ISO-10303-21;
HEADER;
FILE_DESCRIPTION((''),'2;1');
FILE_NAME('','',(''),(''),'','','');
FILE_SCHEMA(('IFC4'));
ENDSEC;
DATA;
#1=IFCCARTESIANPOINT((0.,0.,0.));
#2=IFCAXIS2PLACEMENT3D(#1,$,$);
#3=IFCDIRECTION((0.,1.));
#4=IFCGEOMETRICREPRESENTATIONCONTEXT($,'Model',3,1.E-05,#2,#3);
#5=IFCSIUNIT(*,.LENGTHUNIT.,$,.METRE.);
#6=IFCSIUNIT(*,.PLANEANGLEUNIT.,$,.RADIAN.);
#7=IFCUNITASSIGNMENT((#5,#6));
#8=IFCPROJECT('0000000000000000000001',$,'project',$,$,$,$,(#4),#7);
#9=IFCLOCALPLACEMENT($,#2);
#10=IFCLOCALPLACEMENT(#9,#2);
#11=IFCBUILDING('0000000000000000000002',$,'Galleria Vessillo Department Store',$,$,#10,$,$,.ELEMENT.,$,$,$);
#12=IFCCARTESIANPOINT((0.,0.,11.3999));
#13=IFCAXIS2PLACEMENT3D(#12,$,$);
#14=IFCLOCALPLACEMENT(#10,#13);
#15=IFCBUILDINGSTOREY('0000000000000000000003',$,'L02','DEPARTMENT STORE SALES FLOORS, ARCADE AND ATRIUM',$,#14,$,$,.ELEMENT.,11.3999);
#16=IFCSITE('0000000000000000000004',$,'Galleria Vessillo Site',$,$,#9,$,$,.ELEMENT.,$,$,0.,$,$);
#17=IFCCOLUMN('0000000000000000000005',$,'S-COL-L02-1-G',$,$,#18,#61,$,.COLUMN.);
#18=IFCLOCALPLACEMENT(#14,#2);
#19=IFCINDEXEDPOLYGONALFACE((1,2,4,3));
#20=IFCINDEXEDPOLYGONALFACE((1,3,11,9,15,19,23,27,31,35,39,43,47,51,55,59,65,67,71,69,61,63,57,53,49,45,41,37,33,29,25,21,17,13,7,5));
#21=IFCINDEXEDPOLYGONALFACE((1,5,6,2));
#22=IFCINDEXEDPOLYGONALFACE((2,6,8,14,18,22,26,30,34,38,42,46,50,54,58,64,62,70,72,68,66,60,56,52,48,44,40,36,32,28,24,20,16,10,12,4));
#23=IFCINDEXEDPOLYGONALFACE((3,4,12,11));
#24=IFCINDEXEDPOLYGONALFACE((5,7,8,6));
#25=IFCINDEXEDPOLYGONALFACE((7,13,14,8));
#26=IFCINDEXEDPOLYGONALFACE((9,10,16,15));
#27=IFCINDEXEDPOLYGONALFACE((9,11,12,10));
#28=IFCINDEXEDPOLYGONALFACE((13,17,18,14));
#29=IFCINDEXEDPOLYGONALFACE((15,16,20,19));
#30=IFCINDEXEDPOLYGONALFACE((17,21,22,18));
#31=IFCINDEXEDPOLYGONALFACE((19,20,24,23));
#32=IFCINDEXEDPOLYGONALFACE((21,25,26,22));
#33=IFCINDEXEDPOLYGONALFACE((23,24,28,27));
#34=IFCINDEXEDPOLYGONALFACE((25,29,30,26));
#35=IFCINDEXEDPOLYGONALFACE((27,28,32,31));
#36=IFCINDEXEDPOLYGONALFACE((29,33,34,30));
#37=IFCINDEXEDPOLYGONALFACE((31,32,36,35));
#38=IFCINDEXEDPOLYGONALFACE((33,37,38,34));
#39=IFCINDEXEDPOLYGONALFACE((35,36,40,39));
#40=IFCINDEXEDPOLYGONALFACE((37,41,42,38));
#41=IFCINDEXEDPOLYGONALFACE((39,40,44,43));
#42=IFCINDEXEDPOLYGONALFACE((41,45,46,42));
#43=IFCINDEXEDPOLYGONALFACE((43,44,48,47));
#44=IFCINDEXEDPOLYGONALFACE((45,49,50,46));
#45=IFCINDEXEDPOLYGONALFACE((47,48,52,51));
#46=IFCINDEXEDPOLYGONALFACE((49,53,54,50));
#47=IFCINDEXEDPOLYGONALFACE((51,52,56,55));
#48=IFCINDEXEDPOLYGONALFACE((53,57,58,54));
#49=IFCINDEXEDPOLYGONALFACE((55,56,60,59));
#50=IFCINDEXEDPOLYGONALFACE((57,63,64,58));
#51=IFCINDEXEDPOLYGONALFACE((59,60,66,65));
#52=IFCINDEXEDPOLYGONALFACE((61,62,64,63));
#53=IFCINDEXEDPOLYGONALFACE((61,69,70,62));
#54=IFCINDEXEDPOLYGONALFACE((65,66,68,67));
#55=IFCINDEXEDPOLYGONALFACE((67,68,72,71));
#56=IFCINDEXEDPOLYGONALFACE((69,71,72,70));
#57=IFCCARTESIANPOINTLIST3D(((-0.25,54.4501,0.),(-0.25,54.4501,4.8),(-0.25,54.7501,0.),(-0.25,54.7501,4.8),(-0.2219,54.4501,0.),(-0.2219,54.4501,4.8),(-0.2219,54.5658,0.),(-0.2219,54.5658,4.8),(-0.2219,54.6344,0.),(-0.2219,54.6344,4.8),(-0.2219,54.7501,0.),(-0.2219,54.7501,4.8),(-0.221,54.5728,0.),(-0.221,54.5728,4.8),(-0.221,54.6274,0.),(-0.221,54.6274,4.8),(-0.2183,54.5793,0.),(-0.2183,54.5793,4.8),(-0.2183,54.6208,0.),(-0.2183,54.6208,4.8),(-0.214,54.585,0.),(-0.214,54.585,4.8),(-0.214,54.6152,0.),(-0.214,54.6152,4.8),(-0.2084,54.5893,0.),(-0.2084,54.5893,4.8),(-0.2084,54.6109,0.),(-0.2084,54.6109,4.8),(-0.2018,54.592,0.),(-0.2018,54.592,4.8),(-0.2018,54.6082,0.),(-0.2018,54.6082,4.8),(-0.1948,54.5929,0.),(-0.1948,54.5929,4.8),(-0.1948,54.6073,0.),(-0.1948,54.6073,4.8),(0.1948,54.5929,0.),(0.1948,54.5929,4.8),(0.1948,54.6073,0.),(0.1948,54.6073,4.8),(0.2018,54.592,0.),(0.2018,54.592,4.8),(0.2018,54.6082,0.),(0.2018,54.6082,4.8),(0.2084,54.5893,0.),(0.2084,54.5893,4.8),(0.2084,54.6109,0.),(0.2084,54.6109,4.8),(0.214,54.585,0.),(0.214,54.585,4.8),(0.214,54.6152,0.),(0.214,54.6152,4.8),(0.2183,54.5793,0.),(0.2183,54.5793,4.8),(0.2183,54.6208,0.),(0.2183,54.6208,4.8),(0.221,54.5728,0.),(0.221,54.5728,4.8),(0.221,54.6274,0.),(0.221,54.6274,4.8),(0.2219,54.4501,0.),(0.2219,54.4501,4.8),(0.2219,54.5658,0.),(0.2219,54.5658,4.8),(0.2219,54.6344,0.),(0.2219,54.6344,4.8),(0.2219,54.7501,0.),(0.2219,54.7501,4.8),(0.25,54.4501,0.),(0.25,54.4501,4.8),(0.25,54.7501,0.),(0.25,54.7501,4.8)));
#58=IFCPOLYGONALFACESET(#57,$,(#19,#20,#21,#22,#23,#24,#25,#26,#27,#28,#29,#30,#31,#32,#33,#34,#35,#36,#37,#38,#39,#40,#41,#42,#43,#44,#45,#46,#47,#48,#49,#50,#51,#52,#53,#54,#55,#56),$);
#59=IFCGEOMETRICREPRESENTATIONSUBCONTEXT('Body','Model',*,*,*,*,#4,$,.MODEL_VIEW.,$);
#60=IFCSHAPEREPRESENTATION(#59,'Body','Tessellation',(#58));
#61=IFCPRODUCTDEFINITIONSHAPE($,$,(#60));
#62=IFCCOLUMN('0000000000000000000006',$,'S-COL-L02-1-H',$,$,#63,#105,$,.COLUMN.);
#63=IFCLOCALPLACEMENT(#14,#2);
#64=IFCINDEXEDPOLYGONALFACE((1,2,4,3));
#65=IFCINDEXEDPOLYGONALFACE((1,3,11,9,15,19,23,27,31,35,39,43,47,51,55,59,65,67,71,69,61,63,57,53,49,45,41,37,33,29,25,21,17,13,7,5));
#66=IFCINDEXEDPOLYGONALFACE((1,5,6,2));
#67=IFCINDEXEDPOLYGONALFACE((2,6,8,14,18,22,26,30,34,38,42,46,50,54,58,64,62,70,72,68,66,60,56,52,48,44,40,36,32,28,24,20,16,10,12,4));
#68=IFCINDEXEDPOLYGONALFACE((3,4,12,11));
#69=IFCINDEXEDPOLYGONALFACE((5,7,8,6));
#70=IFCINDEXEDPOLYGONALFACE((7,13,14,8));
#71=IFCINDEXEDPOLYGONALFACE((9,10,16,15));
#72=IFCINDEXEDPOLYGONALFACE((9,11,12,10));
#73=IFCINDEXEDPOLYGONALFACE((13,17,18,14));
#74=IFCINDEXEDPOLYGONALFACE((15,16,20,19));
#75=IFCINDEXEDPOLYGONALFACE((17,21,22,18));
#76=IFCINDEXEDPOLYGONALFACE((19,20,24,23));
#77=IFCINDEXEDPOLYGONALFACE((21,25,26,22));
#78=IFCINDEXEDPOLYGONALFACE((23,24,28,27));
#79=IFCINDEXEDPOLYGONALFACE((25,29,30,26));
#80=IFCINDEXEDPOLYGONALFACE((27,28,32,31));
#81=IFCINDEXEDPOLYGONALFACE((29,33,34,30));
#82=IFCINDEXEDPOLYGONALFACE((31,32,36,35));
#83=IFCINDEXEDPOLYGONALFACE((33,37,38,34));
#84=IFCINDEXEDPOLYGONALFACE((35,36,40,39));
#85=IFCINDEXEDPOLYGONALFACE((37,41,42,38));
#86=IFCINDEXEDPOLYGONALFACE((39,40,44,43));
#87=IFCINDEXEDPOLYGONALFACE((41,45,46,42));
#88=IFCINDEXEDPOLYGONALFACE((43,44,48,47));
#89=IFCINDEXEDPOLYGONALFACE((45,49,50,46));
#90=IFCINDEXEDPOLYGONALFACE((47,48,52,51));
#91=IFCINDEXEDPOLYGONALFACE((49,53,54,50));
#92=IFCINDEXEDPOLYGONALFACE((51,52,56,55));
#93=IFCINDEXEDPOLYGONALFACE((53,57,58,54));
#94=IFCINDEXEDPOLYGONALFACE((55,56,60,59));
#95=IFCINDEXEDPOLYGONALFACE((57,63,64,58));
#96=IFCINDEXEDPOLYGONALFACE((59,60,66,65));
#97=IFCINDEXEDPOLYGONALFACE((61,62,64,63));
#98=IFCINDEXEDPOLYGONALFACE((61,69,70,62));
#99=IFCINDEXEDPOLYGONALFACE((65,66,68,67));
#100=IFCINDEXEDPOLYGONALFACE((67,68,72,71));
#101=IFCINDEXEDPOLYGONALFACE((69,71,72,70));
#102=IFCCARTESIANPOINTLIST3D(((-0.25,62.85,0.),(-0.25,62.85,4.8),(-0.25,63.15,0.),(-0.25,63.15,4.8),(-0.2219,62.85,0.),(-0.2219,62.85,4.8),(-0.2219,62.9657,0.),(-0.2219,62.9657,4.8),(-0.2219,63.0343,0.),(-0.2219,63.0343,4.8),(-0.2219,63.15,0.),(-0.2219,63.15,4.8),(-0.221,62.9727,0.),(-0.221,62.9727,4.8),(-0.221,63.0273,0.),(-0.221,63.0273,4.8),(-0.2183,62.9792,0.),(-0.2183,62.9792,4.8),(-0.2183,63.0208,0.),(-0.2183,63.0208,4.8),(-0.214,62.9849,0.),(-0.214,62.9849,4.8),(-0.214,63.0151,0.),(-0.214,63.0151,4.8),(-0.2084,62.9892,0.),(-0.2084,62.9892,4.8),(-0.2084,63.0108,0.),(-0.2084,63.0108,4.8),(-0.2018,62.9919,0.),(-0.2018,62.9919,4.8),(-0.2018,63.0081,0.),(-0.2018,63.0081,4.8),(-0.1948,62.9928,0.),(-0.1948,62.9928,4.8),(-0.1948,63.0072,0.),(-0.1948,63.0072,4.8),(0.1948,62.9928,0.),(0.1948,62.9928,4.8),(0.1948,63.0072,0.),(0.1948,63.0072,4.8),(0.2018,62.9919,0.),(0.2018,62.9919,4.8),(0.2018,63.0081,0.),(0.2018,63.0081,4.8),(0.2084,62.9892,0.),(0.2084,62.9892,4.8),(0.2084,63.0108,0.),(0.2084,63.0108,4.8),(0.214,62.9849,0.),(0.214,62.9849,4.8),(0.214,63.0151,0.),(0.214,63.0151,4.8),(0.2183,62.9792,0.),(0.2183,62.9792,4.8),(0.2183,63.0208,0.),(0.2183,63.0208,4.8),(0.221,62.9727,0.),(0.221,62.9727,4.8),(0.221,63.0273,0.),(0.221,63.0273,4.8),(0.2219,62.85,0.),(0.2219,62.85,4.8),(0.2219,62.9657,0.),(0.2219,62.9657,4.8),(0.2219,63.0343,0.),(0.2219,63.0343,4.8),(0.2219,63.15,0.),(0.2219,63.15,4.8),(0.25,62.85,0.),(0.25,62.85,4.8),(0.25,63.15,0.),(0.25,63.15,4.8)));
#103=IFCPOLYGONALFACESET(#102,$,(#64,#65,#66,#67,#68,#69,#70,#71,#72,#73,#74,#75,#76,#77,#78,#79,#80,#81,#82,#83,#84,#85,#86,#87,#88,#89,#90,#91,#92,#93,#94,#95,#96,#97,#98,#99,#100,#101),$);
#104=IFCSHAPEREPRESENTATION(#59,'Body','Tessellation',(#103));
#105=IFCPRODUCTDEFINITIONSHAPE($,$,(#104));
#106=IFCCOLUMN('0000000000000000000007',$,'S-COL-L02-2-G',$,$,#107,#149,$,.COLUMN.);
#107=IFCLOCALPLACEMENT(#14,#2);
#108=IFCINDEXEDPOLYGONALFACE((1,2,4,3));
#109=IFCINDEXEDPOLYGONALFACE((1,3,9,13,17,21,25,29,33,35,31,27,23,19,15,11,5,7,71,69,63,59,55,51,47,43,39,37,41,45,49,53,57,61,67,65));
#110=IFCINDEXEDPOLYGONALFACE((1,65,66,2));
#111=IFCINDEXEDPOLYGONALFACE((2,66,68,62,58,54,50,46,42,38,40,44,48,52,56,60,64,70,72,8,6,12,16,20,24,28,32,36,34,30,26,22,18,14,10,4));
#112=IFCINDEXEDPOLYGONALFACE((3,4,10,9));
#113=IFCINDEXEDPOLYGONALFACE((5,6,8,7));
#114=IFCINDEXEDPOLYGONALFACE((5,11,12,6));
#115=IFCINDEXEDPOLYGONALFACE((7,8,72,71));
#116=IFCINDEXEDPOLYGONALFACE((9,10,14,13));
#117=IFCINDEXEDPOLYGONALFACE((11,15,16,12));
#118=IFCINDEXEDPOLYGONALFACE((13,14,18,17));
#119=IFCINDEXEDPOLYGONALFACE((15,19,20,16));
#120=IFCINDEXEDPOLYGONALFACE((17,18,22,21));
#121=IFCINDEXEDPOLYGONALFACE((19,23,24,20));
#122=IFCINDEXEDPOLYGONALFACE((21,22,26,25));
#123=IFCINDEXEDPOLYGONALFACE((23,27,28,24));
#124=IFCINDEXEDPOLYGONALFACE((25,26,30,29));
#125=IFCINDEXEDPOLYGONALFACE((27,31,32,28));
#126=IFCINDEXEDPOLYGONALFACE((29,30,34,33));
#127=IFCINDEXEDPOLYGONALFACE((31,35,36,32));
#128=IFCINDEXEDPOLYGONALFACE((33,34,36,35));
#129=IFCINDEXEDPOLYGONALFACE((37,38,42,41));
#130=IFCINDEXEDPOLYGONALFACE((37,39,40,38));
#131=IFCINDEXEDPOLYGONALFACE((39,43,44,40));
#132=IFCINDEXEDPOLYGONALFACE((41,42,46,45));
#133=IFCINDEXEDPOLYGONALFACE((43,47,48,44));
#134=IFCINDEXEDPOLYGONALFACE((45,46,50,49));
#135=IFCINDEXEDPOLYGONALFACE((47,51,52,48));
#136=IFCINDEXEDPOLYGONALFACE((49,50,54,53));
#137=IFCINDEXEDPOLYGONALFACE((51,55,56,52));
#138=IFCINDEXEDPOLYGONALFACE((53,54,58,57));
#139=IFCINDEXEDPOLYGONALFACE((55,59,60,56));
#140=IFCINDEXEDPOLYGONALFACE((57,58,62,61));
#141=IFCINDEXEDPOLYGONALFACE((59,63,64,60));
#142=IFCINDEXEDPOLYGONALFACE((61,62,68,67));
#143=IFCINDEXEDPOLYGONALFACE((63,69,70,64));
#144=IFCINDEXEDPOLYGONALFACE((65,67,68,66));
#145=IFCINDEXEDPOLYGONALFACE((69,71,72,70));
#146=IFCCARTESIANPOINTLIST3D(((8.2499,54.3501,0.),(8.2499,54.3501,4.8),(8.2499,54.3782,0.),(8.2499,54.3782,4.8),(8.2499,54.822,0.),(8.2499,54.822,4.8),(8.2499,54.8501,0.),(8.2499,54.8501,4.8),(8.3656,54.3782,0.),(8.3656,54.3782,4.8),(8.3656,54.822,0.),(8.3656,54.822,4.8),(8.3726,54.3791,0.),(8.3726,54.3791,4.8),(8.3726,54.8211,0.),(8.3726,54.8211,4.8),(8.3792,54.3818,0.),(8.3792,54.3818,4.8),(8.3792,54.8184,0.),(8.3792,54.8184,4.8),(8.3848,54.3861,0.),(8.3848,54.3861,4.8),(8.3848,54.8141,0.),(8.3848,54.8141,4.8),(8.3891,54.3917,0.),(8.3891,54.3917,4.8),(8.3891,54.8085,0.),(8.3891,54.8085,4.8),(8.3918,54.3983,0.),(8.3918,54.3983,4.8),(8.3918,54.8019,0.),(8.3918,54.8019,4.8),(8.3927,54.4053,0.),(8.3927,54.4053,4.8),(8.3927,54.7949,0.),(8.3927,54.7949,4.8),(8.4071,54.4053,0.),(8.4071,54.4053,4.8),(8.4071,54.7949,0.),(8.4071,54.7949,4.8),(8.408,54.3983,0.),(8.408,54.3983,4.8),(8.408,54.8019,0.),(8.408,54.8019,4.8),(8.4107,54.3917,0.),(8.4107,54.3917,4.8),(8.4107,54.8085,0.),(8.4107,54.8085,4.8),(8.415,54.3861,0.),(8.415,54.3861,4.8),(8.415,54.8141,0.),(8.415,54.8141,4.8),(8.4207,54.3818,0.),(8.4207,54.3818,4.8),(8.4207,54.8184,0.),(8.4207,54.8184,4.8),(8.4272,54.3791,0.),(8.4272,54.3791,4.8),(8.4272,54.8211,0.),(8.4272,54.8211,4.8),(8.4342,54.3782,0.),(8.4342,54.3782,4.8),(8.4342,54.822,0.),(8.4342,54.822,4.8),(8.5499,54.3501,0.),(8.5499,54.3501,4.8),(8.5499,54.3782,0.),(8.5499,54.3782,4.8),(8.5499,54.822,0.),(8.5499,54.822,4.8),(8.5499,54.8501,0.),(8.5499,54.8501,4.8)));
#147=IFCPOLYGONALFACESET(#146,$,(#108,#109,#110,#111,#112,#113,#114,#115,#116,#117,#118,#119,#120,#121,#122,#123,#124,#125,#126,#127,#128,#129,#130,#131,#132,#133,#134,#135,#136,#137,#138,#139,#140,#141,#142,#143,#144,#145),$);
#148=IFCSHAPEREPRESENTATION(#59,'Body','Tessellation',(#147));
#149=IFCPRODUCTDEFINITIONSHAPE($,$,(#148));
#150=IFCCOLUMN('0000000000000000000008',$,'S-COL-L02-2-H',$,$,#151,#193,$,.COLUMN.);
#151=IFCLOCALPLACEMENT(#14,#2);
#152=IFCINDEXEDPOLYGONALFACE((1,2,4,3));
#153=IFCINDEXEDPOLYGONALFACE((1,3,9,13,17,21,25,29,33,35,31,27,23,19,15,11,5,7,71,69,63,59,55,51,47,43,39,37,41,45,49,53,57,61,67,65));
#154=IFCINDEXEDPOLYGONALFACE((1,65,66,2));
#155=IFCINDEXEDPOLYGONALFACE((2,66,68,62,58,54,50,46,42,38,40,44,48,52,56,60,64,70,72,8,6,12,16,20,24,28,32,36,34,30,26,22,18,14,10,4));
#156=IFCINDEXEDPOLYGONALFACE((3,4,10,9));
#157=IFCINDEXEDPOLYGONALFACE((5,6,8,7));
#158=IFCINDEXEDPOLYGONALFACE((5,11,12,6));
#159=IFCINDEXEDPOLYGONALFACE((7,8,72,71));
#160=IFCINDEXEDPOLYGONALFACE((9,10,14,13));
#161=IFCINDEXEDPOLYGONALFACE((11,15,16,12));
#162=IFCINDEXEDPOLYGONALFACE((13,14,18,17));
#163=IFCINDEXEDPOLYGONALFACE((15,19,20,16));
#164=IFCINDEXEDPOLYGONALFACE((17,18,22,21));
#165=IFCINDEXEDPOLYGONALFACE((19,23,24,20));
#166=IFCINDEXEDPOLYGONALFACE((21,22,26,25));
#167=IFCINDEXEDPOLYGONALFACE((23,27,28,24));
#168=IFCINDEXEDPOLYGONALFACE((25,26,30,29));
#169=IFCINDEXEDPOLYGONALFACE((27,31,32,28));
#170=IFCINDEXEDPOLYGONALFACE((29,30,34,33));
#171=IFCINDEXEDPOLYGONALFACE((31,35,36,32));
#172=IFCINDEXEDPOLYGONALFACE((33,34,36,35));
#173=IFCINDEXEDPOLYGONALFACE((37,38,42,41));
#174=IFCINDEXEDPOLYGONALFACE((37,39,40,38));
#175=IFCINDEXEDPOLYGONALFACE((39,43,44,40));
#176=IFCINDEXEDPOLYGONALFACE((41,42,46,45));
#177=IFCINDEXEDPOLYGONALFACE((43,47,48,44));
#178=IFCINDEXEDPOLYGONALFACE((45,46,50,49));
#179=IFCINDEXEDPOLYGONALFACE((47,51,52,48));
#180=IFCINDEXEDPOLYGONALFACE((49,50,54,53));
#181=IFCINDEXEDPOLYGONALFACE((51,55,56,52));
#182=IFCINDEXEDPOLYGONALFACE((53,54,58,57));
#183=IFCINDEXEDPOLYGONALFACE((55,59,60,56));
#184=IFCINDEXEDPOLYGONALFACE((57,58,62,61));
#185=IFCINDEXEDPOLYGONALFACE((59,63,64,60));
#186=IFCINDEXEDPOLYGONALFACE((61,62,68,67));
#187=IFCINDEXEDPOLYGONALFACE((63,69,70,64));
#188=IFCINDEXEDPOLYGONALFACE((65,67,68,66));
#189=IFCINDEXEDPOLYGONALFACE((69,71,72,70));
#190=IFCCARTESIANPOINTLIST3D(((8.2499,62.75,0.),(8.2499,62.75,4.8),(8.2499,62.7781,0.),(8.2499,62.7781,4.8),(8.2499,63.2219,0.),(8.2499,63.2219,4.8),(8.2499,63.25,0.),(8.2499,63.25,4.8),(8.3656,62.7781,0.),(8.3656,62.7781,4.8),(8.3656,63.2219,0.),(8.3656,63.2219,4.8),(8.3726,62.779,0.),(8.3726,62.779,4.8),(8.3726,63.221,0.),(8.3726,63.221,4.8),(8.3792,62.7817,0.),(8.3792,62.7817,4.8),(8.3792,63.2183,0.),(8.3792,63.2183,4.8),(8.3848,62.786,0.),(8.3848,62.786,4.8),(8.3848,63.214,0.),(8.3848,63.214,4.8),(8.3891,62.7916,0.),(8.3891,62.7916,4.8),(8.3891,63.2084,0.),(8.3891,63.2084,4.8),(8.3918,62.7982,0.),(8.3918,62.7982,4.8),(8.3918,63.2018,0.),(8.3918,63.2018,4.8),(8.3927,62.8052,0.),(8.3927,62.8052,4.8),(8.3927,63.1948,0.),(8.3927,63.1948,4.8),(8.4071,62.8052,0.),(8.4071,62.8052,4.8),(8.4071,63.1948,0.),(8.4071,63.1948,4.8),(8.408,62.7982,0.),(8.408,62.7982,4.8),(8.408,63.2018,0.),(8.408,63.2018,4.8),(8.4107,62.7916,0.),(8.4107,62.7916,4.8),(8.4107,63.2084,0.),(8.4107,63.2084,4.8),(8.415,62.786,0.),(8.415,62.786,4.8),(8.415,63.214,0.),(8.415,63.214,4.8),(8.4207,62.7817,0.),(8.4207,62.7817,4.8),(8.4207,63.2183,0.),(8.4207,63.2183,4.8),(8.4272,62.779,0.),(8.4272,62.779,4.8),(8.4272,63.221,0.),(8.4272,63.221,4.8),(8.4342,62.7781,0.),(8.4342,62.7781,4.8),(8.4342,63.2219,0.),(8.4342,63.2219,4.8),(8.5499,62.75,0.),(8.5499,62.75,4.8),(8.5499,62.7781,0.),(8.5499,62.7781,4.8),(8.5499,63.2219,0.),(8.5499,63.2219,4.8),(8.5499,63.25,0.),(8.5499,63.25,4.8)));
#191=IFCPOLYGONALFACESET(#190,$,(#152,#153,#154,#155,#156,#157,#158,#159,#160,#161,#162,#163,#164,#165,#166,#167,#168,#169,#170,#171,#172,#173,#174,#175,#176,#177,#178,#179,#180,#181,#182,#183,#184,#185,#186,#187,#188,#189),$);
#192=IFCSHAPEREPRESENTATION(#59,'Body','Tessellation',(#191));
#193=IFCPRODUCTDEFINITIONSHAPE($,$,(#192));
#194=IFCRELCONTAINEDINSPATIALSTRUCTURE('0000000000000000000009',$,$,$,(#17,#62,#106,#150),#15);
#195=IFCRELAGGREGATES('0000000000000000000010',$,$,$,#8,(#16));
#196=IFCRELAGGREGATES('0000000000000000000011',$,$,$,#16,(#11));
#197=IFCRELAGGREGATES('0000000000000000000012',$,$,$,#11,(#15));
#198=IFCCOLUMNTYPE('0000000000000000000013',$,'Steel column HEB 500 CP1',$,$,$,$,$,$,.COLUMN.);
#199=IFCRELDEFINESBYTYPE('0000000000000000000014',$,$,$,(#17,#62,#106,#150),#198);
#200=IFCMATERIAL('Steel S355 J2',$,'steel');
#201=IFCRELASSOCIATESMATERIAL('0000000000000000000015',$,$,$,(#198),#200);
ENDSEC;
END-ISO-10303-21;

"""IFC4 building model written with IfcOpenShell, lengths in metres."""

from ifc_helpers import new_model, si_unit, direction, frame, origin, origin_2d, place, context, subcontext, project, spatial, i_section, extrude, material, material_profile, profile_set, type_object, element, save


model = new_model("IFC4")

# Units and contexts
model_context = context("Model", 3, precision=1e-05, world=origin(), true_north=direction((0.0, 1.0)))
body_context = subcontext(model_context, "Body", "Model", "MODEL_VIEW")
ifc_project = project(units=[si_unit("LENGTHUNIT", "METRE"), si_unit("PLANEANGLEUNIT", "RADIAN")], contexts=[model_context])

# Site, building, storey
site_placement = place(None, origin())
site = spatial("IfcSite", under=ifc_project, at=site_placement, Name="Galleria Vessillo Site", CompositionType="ELEMENT", RefElevation=0.0)
building_placement = place(site_placement, origin())
building = spatial("IfcBuilding", under=site, at=building_placement, Name="Galleria Vessillo Department Store", CompositionType="ELEMENT")
storey_placement = place(building_placement, frame((0.0, 0.0, 11.3999)))
storey = spatial("IfcBuildingStorey", under=building, at=storey_placement, Name="L02", Description="DEPARTMENT STORE SALES FLOORS, ARCADE AND ATRIUM", CompositionType="ELEMENT", Elevation=11.3999)

# Columns
ifc_material_1 = material(Name="Steel S355 J2", Category="steel")
ifc_material_profile_1 = material_profile(ifc_material_1, i_section(OverallWidth=0.3, OverallDepth=0.5, WebThickness=0.0144, FlangeThickness=0.0281, FilletRadius=0.0271, at=origin_2d()), Name="HEB 500")
ifc_profile_set_1 = profile_set([ifc_material_profile_1], Name="Steel S355 J2")
column_type = type_object("IfcColumnType", Name="Steel column HEB 500 CP1", PredefinedType="COLUMN", material=ifc_profile_set_1)
for number, where, z_axis, x_axis, name in (
    (1, (0.0, 54.6001, 0.0), (0.0, 0.0, 1.0), (0.0, 1.0, 0.0), "S-COL-L02-1-G"),
    (2, (0.0, 63.0, 0.0), (0.0, 0.0, 1.0), (0.0, 1.0, 0.0), "S-COL-L02-1-H"),
    (3, (8.3999, 54.6001, 0.0), (0.0, 0.0, 1.0), (1.0, 0.0, 0.0), "S-COL-L02-2-G"),
    (4, (8.3999, 63.0, 0.0), (0.0, 0.0, 1.0), (1.0, 0.0, 0.0), "S-COL-L02-2-H"),
):
    element("IfcColumn", number, at=place(storey_placement, frame(where, z_axis=z_axis, x_axis=x_axis)), inside=storey, type_object=column_type, Name=name, PredefinedType="COLUMN", context=body_context, shape_type="SweptSolid", body=[
        extrude(i_section(OverallWidth=0.3, OverallDepth=0.5, WebThickness=0.0144, FlangeThickness=0.0281, FilletRadius=0.0271, at=origin_2d()), origin(), (0.0, 0.0, 1.0), 4.8),
    ])

save(model, "model.ifc")
